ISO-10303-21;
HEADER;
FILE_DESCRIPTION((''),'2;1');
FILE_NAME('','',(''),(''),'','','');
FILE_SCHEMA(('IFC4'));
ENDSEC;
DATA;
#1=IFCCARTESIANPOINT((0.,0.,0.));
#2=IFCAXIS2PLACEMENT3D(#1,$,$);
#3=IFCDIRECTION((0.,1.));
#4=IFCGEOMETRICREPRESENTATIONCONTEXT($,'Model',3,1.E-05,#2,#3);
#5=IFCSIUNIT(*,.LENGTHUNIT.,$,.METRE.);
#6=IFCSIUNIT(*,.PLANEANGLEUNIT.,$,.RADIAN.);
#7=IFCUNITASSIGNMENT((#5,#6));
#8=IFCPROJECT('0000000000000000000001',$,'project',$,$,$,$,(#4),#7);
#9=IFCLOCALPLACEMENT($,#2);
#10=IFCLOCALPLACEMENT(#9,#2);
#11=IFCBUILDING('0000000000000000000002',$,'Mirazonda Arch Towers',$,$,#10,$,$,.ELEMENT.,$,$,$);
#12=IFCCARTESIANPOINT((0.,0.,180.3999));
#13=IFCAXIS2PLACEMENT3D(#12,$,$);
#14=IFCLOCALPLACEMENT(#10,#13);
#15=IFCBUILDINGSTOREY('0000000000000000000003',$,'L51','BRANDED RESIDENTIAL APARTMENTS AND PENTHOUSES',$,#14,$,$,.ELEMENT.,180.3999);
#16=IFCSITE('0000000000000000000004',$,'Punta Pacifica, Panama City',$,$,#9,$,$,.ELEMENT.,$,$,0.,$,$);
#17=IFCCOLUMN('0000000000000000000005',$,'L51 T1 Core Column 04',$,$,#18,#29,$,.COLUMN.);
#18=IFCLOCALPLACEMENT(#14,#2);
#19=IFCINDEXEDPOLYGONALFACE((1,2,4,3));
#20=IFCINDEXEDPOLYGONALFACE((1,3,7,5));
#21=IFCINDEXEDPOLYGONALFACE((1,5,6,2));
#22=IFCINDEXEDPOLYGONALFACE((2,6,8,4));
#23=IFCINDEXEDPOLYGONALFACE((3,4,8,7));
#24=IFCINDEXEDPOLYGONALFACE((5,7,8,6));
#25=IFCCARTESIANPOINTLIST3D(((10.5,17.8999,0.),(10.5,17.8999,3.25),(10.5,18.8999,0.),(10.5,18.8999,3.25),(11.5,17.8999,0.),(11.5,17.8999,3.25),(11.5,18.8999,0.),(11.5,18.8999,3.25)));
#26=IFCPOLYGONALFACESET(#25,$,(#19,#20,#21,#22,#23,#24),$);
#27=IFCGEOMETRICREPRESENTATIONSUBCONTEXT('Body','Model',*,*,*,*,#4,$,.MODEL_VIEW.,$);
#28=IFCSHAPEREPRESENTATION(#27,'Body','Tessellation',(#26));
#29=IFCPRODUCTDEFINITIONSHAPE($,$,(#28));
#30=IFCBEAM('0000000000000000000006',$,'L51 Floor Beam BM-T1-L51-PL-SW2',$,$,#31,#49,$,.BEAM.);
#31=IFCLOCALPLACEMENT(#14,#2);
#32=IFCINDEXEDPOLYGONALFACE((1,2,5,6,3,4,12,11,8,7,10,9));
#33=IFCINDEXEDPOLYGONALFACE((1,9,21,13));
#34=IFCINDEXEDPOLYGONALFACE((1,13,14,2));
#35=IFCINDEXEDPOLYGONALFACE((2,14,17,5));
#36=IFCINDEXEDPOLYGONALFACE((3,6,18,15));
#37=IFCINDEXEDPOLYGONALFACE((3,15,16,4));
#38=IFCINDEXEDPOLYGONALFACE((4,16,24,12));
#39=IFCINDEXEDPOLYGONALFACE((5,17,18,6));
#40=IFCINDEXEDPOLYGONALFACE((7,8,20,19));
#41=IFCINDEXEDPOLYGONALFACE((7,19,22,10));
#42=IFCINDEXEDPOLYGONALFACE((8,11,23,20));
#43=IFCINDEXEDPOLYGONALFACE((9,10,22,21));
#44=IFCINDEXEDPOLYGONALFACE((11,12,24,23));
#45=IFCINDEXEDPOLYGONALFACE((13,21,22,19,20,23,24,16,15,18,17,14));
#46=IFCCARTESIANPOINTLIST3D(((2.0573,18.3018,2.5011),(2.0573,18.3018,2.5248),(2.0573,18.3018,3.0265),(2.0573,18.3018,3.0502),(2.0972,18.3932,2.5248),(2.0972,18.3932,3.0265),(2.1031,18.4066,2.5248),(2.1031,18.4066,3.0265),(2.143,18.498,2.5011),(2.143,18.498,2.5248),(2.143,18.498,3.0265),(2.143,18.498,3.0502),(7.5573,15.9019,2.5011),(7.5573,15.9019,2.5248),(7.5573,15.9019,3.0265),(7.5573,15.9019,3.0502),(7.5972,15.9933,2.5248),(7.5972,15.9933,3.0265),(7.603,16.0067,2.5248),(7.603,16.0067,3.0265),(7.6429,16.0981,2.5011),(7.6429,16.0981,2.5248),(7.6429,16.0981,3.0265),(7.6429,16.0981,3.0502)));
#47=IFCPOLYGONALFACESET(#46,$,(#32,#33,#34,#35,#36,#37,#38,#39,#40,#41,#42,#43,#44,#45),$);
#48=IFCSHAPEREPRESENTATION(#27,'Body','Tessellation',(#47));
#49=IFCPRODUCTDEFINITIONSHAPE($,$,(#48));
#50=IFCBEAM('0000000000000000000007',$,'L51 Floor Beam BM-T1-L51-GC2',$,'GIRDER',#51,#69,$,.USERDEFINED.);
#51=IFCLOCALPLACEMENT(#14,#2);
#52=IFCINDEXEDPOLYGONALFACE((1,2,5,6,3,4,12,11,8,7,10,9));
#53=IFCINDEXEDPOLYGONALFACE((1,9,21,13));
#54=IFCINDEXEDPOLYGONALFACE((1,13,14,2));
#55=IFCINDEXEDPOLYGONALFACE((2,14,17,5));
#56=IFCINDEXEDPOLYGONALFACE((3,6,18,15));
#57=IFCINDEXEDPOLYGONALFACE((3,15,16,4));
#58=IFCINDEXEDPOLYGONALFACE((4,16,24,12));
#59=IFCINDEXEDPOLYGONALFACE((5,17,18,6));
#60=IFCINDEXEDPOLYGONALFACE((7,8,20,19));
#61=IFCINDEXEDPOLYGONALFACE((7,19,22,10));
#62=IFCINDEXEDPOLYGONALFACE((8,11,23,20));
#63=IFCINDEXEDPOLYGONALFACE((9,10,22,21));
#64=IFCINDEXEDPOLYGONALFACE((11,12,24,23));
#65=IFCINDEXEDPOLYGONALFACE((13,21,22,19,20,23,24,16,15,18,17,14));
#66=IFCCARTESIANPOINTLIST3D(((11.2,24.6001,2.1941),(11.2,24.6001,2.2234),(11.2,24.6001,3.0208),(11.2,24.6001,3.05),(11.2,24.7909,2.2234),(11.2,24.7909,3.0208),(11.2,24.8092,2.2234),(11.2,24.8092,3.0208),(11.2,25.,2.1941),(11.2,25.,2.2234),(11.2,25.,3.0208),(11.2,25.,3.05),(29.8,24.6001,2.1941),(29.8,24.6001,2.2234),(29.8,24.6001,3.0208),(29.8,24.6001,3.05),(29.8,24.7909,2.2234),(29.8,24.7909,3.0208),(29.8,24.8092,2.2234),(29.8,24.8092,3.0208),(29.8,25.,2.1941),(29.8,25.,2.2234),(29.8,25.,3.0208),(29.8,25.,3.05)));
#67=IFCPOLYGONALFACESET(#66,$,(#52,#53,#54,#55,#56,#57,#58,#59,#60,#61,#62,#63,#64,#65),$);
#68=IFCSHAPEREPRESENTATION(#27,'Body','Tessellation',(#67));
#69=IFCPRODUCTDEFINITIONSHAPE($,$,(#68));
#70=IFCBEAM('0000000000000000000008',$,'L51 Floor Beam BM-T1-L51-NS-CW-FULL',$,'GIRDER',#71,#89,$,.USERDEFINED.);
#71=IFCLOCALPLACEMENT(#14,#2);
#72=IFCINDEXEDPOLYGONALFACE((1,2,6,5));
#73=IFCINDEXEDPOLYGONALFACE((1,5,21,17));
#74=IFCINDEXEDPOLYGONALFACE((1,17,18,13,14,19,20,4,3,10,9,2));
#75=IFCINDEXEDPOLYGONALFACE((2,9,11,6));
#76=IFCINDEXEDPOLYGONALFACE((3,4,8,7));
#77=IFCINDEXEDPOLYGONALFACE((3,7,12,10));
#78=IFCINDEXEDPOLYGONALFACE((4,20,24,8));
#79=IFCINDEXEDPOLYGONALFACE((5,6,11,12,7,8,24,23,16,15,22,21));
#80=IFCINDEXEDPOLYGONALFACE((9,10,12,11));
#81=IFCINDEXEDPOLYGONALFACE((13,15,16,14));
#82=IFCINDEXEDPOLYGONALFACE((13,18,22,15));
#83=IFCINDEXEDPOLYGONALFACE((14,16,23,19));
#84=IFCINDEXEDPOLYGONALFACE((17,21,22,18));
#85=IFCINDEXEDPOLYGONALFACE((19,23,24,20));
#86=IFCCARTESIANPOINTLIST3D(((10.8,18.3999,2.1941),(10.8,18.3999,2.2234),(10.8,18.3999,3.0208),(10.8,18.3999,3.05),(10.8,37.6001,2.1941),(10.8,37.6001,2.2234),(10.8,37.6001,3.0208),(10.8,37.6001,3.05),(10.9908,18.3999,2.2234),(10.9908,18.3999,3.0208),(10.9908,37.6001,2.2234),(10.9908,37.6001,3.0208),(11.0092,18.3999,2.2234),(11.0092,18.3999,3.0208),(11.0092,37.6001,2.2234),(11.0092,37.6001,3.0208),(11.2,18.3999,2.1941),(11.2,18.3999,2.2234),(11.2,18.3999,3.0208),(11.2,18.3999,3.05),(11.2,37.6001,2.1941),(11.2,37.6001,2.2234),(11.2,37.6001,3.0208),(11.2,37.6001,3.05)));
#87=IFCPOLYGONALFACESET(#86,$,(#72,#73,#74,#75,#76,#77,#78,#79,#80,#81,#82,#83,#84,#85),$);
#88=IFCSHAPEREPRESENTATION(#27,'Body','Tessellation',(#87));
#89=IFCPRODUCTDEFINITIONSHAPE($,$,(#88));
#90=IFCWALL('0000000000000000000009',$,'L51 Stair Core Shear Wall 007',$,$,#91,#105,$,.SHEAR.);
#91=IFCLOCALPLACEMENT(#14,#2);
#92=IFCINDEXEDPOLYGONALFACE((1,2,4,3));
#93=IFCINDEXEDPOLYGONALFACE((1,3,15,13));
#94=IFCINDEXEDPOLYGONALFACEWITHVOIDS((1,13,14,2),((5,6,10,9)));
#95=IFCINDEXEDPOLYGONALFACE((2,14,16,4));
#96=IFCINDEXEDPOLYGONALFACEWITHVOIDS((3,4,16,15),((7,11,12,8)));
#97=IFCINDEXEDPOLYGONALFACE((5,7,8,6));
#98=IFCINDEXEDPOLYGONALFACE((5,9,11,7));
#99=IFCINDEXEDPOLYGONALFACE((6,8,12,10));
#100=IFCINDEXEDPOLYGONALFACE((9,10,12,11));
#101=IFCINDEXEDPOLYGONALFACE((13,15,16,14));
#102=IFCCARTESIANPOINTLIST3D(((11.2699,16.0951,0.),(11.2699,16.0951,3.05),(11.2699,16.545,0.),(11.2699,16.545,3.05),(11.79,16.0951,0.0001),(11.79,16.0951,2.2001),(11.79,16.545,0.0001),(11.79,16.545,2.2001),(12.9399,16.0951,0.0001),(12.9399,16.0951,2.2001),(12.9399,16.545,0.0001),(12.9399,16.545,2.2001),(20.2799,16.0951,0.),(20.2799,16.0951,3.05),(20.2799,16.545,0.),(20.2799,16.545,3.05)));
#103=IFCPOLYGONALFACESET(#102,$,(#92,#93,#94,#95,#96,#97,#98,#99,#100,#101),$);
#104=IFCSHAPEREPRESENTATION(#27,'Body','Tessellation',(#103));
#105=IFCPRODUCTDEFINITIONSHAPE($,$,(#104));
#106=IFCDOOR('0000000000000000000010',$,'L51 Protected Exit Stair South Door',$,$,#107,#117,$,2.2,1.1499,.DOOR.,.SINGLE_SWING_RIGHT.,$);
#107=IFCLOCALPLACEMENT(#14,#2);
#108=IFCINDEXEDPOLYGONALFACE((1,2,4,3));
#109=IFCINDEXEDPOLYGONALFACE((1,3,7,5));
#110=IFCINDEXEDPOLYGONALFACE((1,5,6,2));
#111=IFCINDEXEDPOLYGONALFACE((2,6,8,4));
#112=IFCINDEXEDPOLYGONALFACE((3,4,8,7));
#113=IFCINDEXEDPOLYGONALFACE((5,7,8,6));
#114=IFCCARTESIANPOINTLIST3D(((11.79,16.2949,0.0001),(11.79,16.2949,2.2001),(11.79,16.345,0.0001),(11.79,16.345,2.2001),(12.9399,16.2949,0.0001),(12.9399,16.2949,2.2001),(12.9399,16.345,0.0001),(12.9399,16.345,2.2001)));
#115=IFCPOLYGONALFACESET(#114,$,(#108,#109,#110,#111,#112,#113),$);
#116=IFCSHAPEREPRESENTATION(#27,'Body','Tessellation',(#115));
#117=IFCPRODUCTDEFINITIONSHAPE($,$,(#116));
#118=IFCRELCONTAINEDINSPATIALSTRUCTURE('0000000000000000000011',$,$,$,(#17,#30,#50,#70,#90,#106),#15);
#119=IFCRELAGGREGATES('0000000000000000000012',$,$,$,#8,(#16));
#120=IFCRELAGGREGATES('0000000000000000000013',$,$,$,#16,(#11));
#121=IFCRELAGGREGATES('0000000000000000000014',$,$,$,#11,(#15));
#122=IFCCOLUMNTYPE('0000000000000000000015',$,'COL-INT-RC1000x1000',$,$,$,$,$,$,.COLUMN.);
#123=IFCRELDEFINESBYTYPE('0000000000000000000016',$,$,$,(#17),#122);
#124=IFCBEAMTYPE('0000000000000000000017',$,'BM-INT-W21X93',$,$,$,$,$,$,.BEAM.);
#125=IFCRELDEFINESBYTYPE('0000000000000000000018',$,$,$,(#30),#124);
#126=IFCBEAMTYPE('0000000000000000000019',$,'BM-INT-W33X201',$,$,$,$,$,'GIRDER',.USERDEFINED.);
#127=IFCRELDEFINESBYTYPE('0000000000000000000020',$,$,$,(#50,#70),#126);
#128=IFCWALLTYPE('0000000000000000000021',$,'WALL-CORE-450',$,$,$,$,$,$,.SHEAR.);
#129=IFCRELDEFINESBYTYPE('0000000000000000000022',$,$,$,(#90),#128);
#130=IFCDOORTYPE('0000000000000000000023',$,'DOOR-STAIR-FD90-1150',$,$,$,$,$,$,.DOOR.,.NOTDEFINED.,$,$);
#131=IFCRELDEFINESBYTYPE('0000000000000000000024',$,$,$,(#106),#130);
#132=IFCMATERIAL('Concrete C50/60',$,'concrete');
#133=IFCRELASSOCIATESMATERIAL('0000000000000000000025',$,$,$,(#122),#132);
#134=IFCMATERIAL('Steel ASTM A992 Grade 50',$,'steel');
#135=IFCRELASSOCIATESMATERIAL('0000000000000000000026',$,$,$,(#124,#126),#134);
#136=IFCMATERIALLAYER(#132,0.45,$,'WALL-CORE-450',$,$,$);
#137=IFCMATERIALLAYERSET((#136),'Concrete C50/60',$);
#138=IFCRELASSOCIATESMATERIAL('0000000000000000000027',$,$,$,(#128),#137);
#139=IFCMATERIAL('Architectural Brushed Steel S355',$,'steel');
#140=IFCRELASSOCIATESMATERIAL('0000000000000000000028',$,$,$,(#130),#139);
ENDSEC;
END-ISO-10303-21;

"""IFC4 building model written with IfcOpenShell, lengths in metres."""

from ifc_helpers import new_model, si_unit, direction, frame, frame_2d, origin, origin_2d, place, context, subcontext, project, spatial, rectangle, i_section, extrude, material, layer, layer_set, material_profile, profile_set, type_object, element, fill, save


model = new_model("IFC4")

# Units and contexts
model_context = context("Model", 3, precision=1e-05, world=origin(), true_north=direction((0.0, 1.0)))
body_context = subcontext(model_context, "Body", "Model", "MODEL_VIEW")
ifc_project = project(units=[si_unit("LENGTHUNIT", "METRE"), si_unit("PLANEANGLEUNIT", "RADIAN")], contexts=[model_context])

# Site, building, storey
site_placement = place(None, origin())
site = spatial("IfcSite", under=ifc_project, at=site_placement, Name="Punta Pacifica, Panama City", CompositionType="ELEMENT", RefElevation=0.0)
building_placement = place(site_placement, origin())
building = spatial("IfcBuilding", under=site, at=building_placement, Name="Mirazonda Arch Towers", CompositionType="ELEMENT")
storey_placement = place(building_placement, frame((0.0, 0.0, 180.3999)))
storey = spatial("IfcBuildingStorey", under=building, at=storey_placement, Name="L51", Description="BRANDED RESIDENTIAL APARTMENTS AND PENTHOUSES", CompositionType="ELEMENT", Elevation=180.3999)

# Column
ifc_material_1 = material(Name="Concrete C50/60", Category="concrete")
ifc_material_profile_1 = material_profile(ifc_material_1, rectangle(XDim=1.0, YDim=1.0, at=origin_2d()), Name="RC1000x1000")
ifc_profile_set_1 = profile_set([ifc_material_profile_1], Name="Concrete C50/60")
column_type = type_object("IfcColumnType", Name="COL-INT-RC1000x1000", PredefinedType="COLUMN", material=ifc_profile_set_1)
column_placement = place(storey_placement, frame((11.0, 18.3999, 0.0), z_axis=(0.0, 0.0, 1.0), x_axis=(1.0, 0.0, 0.0)))
element("IfcColumn", 1, at=column_placement, inside=storey, type_object=column_type, Name="L51 T1 Core Column 04", PredefinedType="COLUMN", context=body_context, shape_type="SweptSolid", body=[
    extrude(rectangle(XDim=1.0, YDim=1.0, at=origin_2d()), origin(), (0.0, 0.0, 1.0), 3.25),
])

# Beams
ifc_material_2 = material(Name="Steel ASTM A992 Grade 50", Category="steel")
ifc_material_profile_2 = material_profile(ifc_material_2, i_section(OverallWidth=0.2141, OverallDepth=0.5491, WebThickness=0.0146, FlangeThickness=0.0237, at=origin_2d()), Name="W21X93")
ifc_profile_set_2 = profile_set([ifc_material_profile_2], Name="Steel ASTM A992 Grade 50")
beam_type_1 = type_object("IfcBeamType", Name="BM-INT-W21X93", PredefinedType="BEAM", material=ifc_profile_set_2)
beam_1_placement = place(storey_placement, frame((7.6001, 16.0, 2.7756), z_axis=(-0.916545, 0.399931, 0.0), x_axis=(-0.399931, -0.916545, 0.0)))
element("IfcBeam", 2, at=beam_1_placement, inside=storey, type_object=beam_type_1, Name="L51 Floor Beam BM-T1-L51-PL-SW2", PredefinedType="BEAM", context=body_context, shape_type="SweptSolid", body=[
    extrude(i_section(OverallWidth=0.2141, OverallDepth=0.5491, WebThickness=0.0146, FlangeThickness=0.0237, at=origin_2d()), origin(), (0.0, 0.0, 1.0), 6.0007),
])
ifc_material_profile_3 = material_profile(ifc_material_2, i_section(OverallWidth=0.3999, OverallDepth=0.856, WebThickness=0.0183, FlangeThickness=0.0293, at=origin_2d()), Name="W33X201")
ifc_profile_set_3 = profile_set([ifc_material_profile_3], Name="Steel ASTM A992 Grade 50")
beam_type_2 = type_object("IfcBeamType", Name="BM-INT-W33X201", ElementType="GIRDER", PredefinedType="USERDEFINED", material=ifc_profile_set_3)
beam_2_placement = place(storey_placement, frame((11.2, 24.8, 2.6221), z_axis=(1.0, 0.0, 0.0), x_axis=(0.0, 1.0, 0.0)))
element("IfcBeam", 3, at=beam_2_placement, inside=storey, type_object=beam_type_2, Name="L51 Floor Beam BM-T1-L51-GC2", ObjectType="GIRDER", PredefinedType="USERDEFINED", context=body_context, shape_type="SweptSolid", body=[
    extrude(i_section(OverallWidth=0.3999, OverallDepth=0.856, WebThickness=0.0183, FlangeThickness=0.0293, at=origin_2d()), origin(), (0.0, 0.0, 1.0), 18.6001),
])
beam_3_placement = place(storey_placement, frame((11.0, 18.3999, 2.6221), z_axis=(0.0, 1.0, 0.0), x_axis=(-1.0, 0.0, 0.0)))
element("IfcBeam", 4, at=beam_3_placement, inside=storey, type_object=beam_type_2, Name="L51 Floor Beam BM-T1-L51-NS-CW-FULL", ObjectType="GIRDER", PredefinedType="USERDEFINED", context=body_context, shape_type="SweptSolid", body=[
    extrude(i_section(OverallWidth=0.3999, OverallDepth=0.856, WebThickness=0.0183, FlangeThickness=0.0293, at=origin_2d()), origin(), (0.0, 0.0, 1.0), 19.2002),
])

# Wall, opening, door
ifc_layer_1 = layer(ifc_material_1, 0.45, Name="WALL-CORE-450")
ifc_layer_set_1 = layer_set([ifc_layer_1], Name="Concrete C50/60")
wall_type_1 = type_object("IfcWallType", Name="WALL-CORE-450", PredefinedType="SHEAR", material=ifc_layer_set_1)
wall_1_placement = place(storey_placement, frame((11.27, 16.3201, 0.0), z_axis=(0.0, 0.0, 1.0), x_axis=(1.0, 0.0, 0.0)))
wall_1 = element("IfcWall", 5, at=wall_1_placement, inside=storey, type_object=wall_type_1, Name="L51 Stair Core Shear Wall 007", PredefinedType="SHEAR", context=body_context, shape_type="SweptSolid", body=[
    extrude(rectangle(XDim=9.01, YDim=0.45, at=frame_2d((4.5049, 0.0))), origin(), (0.0, 0.0, 1.0), 3.05),
])
opening_1_placement = place(wall_1_placement, frame((0.52, 0.0, 0.0)))
opening_1 = element("IfcOpeningElement", 6, at=opening_1_placement, cuts=wall_1, PredefinedType="OPENING", context=body_context, shape_type="SweptSolid", body=[
    extrude(rectangle(XDim=1.1499, YDim=2.2, at=frame_2d((0.575, 1.1001))), frame((0.0, 0.2349, 0.0), z_axis=(0.0, -1.0, 0.0), x_axis=(1.0, 0.0, 0.0)), (0.0, 0.0, 1.0), 0.47),
])
ifc_material_3 = material(Name="Architectural Brushed Steel S355", Category="steel")
door_type_1 = type_object("IfcDoorType", Name="DOOR-STAIR-FD90-1150", OperationType="NOTDEFINED", PredefinedType="DOOR", material=ifc_material_3)
door_1_placement = place(opening_1_placement, origin())
door_1 = element("IfcDoor", 7, at=door_1_placement, inside=storey, type_object=door_type_1, Name="L51 Protected Exit Stair South Door", OperationType="SINGLE_SWING_RIGHT", OverallHeight=2.2, OverallWidth=1.1499, PredefinedType="DOOR", context=body_context, shape_type="SweptSolid", body=[
    extrude(rectangle(XDim=1.1499, YDim=2.2, at=frame_2d((0.575, 1.1001))), frame((0.0, 0.0249, 0.0), z_axis=(0.0, -1.0, 0.0), x_axis=(1.0, 0.0, 0.0)), (0.0, 0.0, 1.0), 0.05),
])
fill(opening_1, door_1)

save(model, "model.ifc")
